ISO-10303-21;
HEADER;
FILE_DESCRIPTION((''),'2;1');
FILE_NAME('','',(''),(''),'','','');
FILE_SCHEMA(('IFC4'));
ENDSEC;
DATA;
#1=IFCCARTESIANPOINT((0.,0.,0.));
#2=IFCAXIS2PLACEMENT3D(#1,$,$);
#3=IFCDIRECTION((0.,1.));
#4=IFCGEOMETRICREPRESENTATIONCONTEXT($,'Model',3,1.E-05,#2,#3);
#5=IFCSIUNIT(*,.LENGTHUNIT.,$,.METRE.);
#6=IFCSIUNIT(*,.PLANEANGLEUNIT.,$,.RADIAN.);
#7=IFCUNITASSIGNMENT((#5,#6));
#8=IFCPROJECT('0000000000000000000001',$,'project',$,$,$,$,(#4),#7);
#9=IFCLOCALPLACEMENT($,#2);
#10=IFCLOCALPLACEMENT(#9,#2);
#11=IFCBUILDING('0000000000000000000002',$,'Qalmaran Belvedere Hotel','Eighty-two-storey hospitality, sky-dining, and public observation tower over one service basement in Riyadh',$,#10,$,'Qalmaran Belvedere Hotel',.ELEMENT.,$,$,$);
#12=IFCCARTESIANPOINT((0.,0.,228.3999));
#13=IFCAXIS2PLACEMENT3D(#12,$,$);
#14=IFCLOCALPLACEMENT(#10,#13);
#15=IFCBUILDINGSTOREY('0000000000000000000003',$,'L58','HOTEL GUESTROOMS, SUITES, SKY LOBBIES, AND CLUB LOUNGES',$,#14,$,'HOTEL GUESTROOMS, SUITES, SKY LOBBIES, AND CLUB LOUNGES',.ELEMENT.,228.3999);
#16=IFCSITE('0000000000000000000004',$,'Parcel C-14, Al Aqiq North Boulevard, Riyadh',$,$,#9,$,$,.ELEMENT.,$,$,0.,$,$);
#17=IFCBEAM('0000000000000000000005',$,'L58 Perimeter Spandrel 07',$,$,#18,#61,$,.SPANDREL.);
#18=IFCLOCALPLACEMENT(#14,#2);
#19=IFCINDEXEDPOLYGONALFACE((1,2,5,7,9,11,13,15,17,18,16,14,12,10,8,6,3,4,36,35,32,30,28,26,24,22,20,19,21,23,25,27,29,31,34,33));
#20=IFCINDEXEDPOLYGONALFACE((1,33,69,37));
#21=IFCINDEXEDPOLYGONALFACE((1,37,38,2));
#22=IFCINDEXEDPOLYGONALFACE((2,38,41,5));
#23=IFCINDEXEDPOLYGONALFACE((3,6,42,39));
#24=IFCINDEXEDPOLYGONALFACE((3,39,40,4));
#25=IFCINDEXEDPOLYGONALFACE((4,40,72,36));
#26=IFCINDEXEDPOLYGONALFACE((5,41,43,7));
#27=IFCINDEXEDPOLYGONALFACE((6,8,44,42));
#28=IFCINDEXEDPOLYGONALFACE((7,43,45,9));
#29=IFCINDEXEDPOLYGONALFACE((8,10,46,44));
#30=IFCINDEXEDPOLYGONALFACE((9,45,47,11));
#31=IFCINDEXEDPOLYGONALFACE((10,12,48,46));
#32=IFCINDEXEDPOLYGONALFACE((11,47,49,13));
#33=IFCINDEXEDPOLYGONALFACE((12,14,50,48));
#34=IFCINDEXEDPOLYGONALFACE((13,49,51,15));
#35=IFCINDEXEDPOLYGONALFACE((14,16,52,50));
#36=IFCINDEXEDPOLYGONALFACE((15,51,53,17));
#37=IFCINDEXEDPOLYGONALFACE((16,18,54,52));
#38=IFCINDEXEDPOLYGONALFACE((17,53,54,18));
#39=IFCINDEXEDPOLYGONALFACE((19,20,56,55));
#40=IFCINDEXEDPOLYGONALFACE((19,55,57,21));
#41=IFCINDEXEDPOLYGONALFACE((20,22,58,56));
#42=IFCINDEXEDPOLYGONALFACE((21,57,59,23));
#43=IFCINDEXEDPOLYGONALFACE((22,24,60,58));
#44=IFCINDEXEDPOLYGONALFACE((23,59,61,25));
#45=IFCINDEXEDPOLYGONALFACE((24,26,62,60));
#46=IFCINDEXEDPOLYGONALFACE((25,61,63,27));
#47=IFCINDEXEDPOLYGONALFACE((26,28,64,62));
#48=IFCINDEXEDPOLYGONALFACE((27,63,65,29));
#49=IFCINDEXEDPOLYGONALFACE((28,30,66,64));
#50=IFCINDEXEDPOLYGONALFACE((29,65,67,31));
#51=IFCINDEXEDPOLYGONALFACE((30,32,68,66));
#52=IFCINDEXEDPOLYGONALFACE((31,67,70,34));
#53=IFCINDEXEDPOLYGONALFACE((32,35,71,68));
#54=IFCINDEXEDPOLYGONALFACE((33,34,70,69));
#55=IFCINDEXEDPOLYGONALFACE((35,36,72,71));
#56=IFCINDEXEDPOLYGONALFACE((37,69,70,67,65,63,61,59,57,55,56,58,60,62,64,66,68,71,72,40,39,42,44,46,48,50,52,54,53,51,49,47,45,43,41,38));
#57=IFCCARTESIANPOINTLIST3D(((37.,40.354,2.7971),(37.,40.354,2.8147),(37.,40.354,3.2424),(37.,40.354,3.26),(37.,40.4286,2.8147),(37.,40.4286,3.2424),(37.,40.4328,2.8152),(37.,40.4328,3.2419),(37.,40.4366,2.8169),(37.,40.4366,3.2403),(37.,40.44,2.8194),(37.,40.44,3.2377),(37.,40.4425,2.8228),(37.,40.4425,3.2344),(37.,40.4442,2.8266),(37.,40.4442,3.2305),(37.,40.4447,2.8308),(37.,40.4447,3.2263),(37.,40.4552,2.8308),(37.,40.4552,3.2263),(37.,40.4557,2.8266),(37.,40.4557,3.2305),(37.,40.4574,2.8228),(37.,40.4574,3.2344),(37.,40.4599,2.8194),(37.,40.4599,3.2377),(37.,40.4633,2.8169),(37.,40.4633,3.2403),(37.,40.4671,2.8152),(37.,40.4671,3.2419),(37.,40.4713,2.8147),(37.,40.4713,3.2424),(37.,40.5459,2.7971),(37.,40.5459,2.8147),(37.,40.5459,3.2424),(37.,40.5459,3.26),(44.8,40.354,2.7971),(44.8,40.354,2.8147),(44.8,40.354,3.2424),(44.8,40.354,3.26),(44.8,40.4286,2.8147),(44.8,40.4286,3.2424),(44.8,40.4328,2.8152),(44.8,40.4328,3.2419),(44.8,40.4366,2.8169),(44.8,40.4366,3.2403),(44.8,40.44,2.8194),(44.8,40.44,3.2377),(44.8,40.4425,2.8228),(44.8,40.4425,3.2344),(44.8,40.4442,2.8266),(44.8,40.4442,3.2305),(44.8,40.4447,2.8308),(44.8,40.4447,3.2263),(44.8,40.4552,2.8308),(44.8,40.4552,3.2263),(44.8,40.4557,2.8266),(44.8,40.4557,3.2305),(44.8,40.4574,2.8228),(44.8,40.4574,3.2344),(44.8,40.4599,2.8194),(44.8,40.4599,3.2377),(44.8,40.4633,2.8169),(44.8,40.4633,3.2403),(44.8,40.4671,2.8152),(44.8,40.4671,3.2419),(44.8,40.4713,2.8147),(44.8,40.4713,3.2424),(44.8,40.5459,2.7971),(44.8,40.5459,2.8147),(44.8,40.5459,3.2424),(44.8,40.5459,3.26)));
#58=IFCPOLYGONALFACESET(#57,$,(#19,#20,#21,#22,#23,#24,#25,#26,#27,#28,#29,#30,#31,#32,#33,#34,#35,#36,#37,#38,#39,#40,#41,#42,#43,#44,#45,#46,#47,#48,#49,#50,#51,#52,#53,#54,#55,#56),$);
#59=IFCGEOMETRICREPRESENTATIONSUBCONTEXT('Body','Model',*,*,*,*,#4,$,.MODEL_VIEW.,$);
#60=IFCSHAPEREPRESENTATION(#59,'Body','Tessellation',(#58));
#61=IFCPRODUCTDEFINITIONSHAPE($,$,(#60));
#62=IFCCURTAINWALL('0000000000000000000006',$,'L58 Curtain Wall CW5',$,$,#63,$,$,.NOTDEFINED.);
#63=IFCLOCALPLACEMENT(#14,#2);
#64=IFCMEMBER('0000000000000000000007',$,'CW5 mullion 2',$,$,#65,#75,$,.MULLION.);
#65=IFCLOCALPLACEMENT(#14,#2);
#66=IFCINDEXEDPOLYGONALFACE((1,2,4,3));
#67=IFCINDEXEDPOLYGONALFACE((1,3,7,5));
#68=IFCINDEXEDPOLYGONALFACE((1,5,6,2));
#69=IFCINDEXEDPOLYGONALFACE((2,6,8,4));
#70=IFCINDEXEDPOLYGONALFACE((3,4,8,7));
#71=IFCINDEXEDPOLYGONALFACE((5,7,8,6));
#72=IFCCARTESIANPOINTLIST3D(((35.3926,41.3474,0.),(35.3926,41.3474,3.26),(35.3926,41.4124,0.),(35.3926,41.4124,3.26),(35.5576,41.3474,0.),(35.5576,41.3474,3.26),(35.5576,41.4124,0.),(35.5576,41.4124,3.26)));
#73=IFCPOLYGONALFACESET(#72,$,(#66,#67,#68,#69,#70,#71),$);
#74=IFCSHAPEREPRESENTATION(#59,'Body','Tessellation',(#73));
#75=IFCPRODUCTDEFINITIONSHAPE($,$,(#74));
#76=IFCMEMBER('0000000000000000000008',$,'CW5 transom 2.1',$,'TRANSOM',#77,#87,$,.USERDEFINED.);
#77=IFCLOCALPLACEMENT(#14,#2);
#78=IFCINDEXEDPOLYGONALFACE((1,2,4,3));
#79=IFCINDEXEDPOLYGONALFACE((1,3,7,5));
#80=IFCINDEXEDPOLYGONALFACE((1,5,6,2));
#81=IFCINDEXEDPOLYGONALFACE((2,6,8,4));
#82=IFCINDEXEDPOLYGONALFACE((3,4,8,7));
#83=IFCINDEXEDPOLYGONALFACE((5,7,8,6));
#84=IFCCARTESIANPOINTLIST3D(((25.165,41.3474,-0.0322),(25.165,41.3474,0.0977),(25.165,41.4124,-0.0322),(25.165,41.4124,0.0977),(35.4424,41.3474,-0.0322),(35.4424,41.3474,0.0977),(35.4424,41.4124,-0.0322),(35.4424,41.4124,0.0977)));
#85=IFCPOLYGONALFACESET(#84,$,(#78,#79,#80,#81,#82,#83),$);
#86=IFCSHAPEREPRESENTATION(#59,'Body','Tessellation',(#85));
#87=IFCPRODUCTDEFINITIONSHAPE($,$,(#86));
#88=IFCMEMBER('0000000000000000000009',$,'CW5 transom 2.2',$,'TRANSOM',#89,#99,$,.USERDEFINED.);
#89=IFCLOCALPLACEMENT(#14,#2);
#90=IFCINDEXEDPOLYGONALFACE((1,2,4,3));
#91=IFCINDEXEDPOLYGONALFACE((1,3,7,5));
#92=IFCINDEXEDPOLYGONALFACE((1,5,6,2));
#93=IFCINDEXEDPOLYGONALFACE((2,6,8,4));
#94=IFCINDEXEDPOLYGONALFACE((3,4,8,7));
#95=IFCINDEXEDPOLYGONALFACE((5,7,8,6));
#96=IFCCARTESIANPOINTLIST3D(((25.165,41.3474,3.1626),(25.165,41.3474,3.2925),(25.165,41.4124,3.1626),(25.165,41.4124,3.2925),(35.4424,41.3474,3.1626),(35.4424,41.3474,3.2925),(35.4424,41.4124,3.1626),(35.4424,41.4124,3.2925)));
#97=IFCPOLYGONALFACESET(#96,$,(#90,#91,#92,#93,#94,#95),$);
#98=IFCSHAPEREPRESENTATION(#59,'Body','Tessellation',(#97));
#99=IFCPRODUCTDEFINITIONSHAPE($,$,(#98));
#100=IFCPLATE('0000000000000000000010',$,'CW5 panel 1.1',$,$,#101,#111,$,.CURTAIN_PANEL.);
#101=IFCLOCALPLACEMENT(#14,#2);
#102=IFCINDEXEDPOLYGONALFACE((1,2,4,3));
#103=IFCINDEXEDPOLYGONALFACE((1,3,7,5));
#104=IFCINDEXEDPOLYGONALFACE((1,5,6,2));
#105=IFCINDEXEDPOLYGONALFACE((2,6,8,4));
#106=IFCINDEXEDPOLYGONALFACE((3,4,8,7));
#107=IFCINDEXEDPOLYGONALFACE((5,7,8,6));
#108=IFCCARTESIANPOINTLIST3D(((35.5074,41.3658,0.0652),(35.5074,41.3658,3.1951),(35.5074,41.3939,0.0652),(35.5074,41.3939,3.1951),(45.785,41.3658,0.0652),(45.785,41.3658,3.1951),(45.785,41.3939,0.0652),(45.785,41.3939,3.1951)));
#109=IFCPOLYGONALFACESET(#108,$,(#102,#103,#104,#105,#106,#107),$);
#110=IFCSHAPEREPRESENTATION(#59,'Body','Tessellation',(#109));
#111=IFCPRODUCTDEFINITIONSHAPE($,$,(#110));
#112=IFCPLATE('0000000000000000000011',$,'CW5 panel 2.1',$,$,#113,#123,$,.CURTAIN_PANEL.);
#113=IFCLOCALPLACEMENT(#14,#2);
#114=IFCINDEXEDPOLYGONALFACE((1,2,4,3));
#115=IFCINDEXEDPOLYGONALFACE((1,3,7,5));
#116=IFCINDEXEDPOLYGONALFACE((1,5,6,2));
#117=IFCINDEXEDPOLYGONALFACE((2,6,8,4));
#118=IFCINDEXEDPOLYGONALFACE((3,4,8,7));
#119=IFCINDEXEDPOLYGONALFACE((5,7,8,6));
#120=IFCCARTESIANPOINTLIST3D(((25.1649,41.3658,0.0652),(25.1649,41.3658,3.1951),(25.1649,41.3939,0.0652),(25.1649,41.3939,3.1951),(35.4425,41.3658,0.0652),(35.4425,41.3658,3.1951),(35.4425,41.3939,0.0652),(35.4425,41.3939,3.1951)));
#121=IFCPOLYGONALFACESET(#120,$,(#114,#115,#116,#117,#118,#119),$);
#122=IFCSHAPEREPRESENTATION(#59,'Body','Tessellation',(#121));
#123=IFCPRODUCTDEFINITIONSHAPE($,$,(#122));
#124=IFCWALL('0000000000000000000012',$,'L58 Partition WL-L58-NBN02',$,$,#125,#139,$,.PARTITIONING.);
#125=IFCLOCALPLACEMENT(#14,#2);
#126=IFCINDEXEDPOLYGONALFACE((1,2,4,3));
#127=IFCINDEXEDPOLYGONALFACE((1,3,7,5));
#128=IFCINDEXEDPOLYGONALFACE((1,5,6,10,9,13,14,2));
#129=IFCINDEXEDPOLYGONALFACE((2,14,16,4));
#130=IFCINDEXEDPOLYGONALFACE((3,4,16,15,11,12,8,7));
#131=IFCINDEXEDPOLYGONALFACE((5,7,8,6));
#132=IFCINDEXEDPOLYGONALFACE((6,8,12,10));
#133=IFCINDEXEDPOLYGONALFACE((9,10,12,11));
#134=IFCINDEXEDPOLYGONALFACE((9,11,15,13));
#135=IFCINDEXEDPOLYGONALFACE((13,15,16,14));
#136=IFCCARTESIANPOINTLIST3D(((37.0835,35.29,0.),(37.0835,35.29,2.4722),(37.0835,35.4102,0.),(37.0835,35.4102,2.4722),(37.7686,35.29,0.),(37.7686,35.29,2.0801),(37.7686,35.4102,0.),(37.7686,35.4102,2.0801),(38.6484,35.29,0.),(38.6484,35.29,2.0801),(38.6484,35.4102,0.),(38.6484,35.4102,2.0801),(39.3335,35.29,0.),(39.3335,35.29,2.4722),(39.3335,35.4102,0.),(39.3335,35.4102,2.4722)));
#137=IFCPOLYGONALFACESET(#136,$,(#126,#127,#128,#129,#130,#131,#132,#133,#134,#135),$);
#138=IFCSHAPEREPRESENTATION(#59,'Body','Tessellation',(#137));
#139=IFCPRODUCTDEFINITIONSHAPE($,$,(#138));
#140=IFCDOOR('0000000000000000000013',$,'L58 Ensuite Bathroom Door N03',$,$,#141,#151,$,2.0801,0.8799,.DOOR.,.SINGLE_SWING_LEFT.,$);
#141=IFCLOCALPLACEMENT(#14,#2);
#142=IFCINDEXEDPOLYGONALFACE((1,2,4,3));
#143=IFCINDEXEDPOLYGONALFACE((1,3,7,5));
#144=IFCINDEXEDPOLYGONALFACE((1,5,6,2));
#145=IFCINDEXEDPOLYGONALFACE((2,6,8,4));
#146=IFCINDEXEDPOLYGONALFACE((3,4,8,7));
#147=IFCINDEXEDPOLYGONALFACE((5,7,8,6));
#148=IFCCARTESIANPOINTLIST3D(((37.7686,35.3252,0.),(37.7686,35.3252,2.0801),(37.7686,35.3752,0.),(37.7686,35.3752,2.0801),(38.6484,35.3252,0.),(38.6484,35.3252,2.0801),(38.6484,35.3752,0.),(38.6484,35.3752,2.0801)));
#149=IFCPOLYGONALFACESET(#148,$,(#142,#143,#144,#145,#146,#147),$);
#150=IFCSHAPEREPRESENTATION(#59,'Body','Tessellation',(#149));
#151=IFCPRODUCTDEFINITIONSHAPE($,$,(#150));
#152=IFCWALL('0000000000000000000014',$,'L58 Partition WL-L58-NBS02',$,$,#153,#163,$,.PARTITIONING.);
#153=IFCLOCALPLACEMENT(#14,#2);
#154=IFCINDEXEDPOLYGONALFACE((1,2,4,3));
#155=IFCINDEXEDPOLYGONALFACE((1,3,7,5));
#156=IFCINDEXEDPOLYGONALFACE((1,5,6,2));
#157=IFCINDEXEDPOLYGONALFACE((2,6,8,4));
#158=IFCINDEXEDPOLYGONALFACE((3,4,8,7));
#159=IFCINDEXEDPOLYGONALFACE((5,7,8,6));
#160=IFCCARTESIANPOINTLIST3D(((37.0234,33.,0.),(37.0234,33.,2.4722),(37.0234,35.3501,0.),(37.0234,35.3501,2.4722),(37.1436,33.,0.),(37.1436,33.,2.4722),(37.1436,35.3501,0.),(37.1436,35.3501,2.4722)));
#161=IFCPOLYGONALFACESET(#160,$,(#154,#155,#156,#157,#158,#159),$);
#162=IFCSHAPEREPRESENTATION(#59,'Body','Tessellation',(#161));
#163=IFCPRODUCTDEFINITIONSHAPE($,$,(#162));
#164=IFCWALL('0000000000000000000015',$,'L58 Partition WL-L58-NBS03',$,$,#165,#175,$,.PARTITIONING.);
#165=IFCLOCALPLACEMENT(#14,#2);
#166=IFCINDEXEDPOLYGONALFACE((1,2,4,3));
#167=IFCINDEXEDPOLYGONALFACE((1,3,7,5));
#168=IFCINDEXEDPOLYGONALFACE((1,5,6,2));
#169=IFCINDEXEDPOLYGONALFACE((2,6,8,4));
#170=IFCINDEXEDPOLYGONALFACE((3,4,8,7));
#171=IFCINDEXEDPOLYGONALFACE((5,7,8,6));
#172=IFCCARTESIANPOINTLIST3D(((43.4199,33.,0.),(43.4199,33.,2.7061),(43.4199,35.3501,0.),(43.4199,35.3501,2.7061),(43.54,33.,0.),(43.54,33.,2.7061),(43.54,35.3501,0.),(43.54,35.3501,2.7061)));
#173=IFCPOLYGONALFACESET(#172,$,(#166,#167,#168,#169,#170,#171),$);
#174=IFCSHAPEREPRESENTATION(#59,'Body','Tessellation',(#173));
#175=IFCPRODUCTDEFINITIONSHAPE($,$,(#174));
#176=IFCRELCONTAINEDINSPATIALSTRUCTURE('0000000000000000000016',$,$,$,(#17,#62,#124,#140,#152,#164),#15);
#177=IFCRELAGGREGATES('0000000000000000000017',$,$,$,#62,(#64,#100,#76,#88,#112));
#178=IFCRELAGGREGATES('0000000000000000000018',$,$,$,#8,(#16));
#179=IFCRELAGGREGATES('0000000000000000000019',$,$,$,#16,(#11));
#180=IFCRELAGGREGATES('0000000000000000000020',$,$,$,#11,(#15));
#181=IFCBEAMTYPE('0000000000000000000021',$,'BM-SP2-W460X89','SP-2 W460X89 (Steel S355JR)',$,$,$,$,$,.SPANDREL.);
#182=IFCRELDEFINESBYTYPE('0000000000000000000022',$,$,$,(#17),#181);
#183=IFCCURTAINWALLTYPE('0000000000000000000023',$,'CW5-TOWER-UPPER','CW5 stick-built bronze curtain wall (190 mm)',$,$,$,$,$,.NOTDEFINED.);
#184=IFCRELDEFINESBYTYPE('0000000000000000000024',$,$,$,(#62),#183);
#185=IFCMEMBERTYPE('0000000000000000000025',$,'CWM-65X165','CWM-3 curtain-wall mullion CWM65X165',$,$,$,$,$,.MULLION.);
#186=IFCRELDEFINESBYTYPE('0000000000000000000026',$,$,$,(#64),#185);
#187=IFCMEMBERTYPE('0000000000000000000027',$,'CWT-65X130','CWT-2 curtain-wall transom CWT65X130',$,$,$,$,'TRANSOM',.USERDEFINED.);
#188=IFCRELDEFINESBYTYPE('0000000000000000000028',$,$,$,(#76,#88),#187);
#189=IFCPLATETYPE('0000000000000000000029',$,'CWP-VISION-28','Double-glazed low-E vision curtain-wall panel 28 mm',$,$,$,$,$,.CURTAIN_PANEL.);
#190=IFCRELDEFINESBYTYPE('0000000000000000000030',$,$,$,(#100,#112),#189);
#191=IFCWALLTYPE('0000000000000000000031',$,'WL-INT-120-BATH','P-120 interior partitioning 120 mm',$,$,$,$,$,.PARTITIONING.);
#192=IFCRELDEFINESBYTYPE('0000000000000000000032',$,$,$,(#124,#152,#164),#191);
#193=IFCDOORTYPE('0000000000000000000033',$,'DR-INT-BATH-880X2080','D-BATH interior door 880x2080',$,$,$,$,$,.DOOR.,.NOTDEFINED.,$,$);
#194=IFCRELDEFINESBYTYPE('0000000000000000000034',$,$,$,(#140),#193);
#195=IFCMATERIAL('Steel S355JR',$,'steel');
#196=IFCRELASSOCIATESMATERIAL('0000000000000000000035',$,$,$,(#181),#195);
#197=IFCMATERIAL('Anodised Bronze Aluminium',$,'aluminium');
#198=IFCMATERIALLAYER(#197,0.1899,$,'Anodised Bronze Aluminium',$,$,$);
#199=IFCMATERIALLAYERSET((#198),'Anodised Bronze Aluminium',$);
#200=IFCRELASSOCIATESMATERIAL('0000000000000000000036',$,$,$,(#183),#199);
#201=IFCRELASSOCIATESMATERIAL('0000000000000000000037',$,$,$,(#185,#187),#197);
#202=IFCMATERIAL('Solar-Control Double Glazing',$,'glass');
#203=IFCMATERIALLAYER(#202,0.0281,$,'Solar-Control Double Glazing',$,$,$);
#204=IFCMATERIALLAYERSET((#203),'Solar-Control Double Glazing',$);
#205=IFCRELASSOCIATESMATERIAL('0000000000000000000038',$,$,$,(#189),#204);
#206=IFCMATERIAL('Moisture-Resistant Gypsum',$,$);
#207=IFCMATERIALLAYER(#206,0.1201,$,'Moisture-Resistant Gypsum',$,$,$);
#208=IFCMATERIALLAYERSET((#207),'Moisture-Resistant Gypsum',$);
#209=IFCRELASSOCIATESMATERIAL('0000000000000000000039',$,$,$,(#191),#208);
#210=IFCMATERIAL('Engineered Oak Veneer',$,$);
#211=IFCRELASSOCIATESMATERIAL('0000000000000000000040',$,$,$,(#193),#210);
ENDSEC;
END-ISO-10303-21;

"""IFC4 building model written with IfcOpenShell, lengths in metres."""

from ifc_helpers import new_model, si_unit, direction, frame, frame_2d, origin, origin_2d, place, context, subcontext, project, spatial, rectangle, i_section, extrude, material, layer, layer_set, material_profile, profile_set, type_object, element, fill, aggregate, save


model = new_model("IFC4")

# Units and contexts
model_context = context("Model", 3, precision=1e-05, world=origin(), true_north=direction((0.0, 1.0)))
body_context = subcontext(model_context, "Body", "Model", "MODEL_VIEW")
ifc_project = project(units=[si_unit("LENGTHUNIT", "METRE"), si_unit("PLANEANGLEUNIT", "RADIAN")], contexts=[model_context])

# Site, building, storey
site_placement = place(None, origin())
site = spatial("IfcSite", under=ifc_project, at=site_placement, Name="Parcel C-14, Al Aqiq North Boulevard, Riyadh", CompositionType="ELEMENT", RefElevation=0.0)
building_placement = place(site_placement, origin())
building = spatial("IfcBuilding", under=site, at=building_placement, Name="Qalmaran Belvedere Hotel", Description="Eighty-two-storey hospitality, sky-dining, and public observation tower over one service basement in Riyadh", LongName="Qalmaran Belvedere Hotel", CompositionType="ELEMENT")
storey_placement = place(building_placement, frame((0.0, 0.0, 228.3999)))
storey = spatial("IfcBuildingStorey", under=building, at=storey_placement, Name="L58", Description="HOTEL GUESTROOMS, SUITES, SKY LOBBIES, AND CLUB LOUNGES", LongName="HOTEL GUESTROOMS, SUITES, SKY LOBBIES, AND CLUB LOUNGES", CompositionType="ELEMENT", Elevation=228.3999)

# Beam
ifc_material_1 = material(Name="Steel S355JR", Category="steel")
ifc_material_profile_1 = material_profile(ifc_material_1, i_section(OverallWidth=0.1919, OverallDepth=0.4629, WebThickness=0.0105, FlangeThickness=0.0176, FilletRadius=0.0161, at=origin_2d()), Name="W460X89")
ifc_profile_set_1 = profile_set([ifc_material_profile_1], Name="Steel S355JR")
beam_type_1 = type_object("IfcBeamType", Name="BM-SP2-W460X89", Description="SP-2 W460X89 (Steel S355JR)", PredefinedType="SPANDREL", material=ifc_profile_set_1)
for number, where, z_axis, x_axis, name in (
    (1, (37.0, 40.45, 3.0286), (1.0, 0.0, 0.0), (0.0, 1.0, 0.0), "L58 Perimeter Spandrel 07"),
):
    element("IfcBeam", number, at=place(storey_placement, frame(where, z_axis=z_axis, x_axis=x_axis)), inside=storey, type_object=beam_type_1, Name=name, PredefinedType="SPANDREL", context=body_context, shape_type="SweptSolid", body=[
        extrude(i_section(OverallWidth=0.1919, OverallDepth=0.4629, WebThickness=0.0105, FlangeThickness=0.0176, FilletRadius=0.0161, at=origin_2d()), origin(), (0.0, 0.0, 1.0), 7.8),
    ])

# Curtain wall, members, plates
ifc_material_2 = material(Name="Anodised Bronze Aluminium", Category="aluminium")
ifc_layer_1 = layer(ifc_material_2, 0.1899, Name="Anodised Bronze Aluminium")
ifc_layer_set_1 = layer_set([ifc_layer_1], Name="Anodised Bronze Aluminium")
curtain_wall_type = type_object("IfcCurtainWallType", Name="CW5-TOWER-UPPER", Description="CW5 stick-built bronze curtain wall (190 mm)", PredefinedType="NOTDEFINED", material=ifc_layer_set_1)
curtain_wall_placement = place(storey_placement, origin())
curtain_wall = element("IfcCurtainWall", 2, at=curtain_wall_placement, inside=storey, type_object=curtain_wall_type, Name="L58 Curtain Wall CW5", PredefinedType="NOTDEFINED")
ifc_material_profile_2 = material_profile(ifc_material_2, rectangle(XDim=0.0649, YDim=0.165, at=origin_2d()), Name="CWM65X165")
ifc_profile_set_2 = profile_set([ifc_material_profile_2], Name="Anodised Bronze Aluminium")
member_type_1 = type_object("IfcMemberType", Name="CWM-65X165", Description="CWM-3 curtain-wall mullion CWM65X165", PredefinedType="MULLION", material=ifc_profile_set_2)
member_1_placement = place(storey_placement, frame((35.4751, 41.3799, 0.0), z_axis=(0.0, 0.0, 1.0), x_axis=(0.0, -1.0, 0.0)))
member_1 = element("IfcMember", 3, at=member_1_placement, type_object=member_type_1, Name="CW5 mullion 2", PredefinedType="MULLION", context=body_context, shape_type="SweptSolid", body=[
    extrude(rectangle(XDim=0.0649, YDim=0.165, at=origin_2d()), origin(), (0.0, 0.0, 1.0), 3.26),
])
ifc_material_profile_3 = material_profile(ifc_material_2, rectangle(XDim=0.0649, YDim=0.1299, at=origin_2d()), Name="CWT65X130")
ifc_profile_set_3 = profile_set([ifc_material_profile_3], Name="Anodised Bronze Aluminium")
member_type_2 = type_object("IfcMemberType", Name="CWT-65X130", Description="CWT-2 curtain-wall transom CWT65X130", ElementType="TRANSOM", PredefinedType="USERDEFINED", material=ifc_profile_set_3)
member_2_placement = place(storey_placement, frame((35.4424, 41.3799, 0.0327), z_axis=(-1.0, 0.0, 0.0), x_axis=(0.0, -1.0, 0.0)))
member_2 = element("IfcMember", 4, at=member_2_placement, type_object=member_type_2, Name="CW5 transom 2.1", ObjectType="TRANSOM", PredefinedType="USERDEFINED", context=body_context, shape_type="SweptSolid", body=[
    extrude(rectangle(XDim=0.0649, YDim=0.1299, at=origin_2d()), origin(), (0.0, 0.0, 1.0), 10.2773),
])
member_3_placement = place(storey_placement, frame((35.4424, 41.3799, 3.2275), z_axis=(-1.0, 0.0, 0.0), x_axis=(0.0, -1.0, 0.0)))
member_3 = element("IfcMember", 5, at=member_3_placement, type_object=member_type_2, Name="CW5 transom 2.2", ObjectType="TRANSOM", PredefinedType="USERDEFINED", context=body_context, shape_type="SweptSolid", body=[
    extrude(rectangle(XDim=0.0649, YDim=0.1299, at=origin_2d()), origin(), (0.0, 0.0, 1.0), 10.2773),
])
ifc_material_3 = material(Name="Solar-Control Double Glazing", Category="glass")
ifc_layer_2 = layer(ifc_material_3, 0.0281, Name="Solar-Control Double Glazing")
ifc_layer_set_2 = layer_set([ifc_layer_2], Name="Solar-Control Double Glazing")
plate_type = type_object("IfcPlateType", Name="CWP-VISION-28", Description="Double-glazed low-E vision curtain-wall panel 28 mm", PredefinedType="CURTAIN_PANEL", material=ifc_layer_set_2)
plate_1_placement = place(storey_placement, frame((40.6462, 41.3799, 0.0652), z_axis=(0.0, 0.0, 1.0), x_axis=(-1.0, 0.0, 0.0)))
plate_1 = element("IfcPlate", 6, at=plate_1_placement, type_object=plate_type, Name="CW5 panel 1.1", PredefinedType="CURTAIN_PANEL", context=body_context, shape_type="SweptSolid", body=[
    extrude(rectangle(XDim=10.2776, YDim=0.0281, at=origin_2d()), origin(), (0.0, 0.0, 1.0), 3.1299),
])
plate_2_placement = place(storey_placement, frame((30.3037, 41.3799, 0.0652), z_axis=(0.0, 0.0, 1.0), x_axis=(-1.0, 0.0, 0.0)))
plate_2 = element("IfcPlate", 7, at=plate_2_placement, type_object=plate_type, Name="CW5 panel 2.1", PredefinedType="CURTAIN_PANEL", context=body_context, shape_type="SweptSolid", body=[
    extrude(rectangle(XDim=10.2776, YDim=0.0281, at=origin_2d()), origin(), (0.0, 0.0, 1.0), 3.1299),
])
aggregate(curtain_wall, [member_1, plate_1, member_2, member_3, plate_2])

# Wall, opening, door
ifc_material_4 = material(Name="Moisture-Resistant Gypsum")
ifc_layer_3 = layer(ifc_material_4, 0.1201, Name="Moisture-Resistant Gypsum")
ifc_layer_set_3 = layer_set([ifc_layer_3], Name="Moisture-Resistant Gypsum")
wall_type_1 = type_object("IfcWallType", Name="WL-INT-120-BATH", Description="P-120 interior partitioning 120 mm", PredefinedType="PARTITIONING", material=ifc_layer_set_3)
wall_1_placement = place(storey_placement, frame((37.0835, 35.3501, 0.0), z_axis=(0.0, 0.0, 1.0), x_axis=(1.0, 0.0, 0.0)))
wall_1 = element("IfcWall", 8, at=wall_1_placement, inside=storey, type_object=wall_type_1, Name="L58 Partition WL-L58-NBN02", PredefinedType="PARTITIONING", context=body_context, shape_type="SweptSolid", body=[
    extrude(rectangle(XDim=2.25, YDim=0.1201, at=frame_2d((1.125, 0.0))), origin(), (0.0, 0.0, 1.0), 2.4722),
])
opening_1_placement = place(wall_1_placement, frame((1.5649, 0.0, 0.0), z_axis=(0.0, 0.0, 1.0), x_axis=(-1.0, 0.0, 0.0)))
opening_1 = element("IfcOpeningElement", 9, at=opening_1_placement, cuts=wall_1, PredefinedType="OPENING", context=body_context, shape_type="SweptSolid", body=[
    extrude(rectangle(XDim=0.8799, YDim=2.0801, at=frame_2d((0.4399, 1.04))), frame((0.0, 0.0701, 0.0), z_axis=(0.0, -1.0, 0.0), x_axis=(1.0, 0.0, 0.0)), (0.0, 0.0, 1.0), 0.1401),
])
ifc_material_5 = material(Name="Engineered Oak Veneer")
door_type_1 = type_object("IfcDoorType", Name="DR-INT-BATH-880X2080", Description="D-BATH interior door 880x2080", OperationType="NOTDEFINED", PredefinedType="DOOR", material=ifc_material_5)
door_1_placement = place(opening_1_placement, origin())
door_1 = element("IfcDoor", 10, at=door_1_placement, inside=storey, type_object=door_type_1, Name="L58 Ensuite Bathroom Door N03", OperationType="SINGLE_SWING_LEFT", OverallHeight=2.0801, OverallWidth=0.8799, PredefinedType="DOOR", context=body_context, shape_type="SweptSolid", body=[
    extrude(rectangle(XDim=0.8799, YDim=2.0801, at=frame_2d((0.4399, 1.04))), frame((0.0, 0.0249, 0.0), z_axis=(0.0, -1.0, 0.0), x_axis=(1.0, 0.0, 0.0)), (0.0, 0.0, 1.0), 0.05),
])
fill(opening_1, door_1)

# Walls
wall_2_placement = place(storey_placement, frame((37.0835, 33.0, 0.0), z_axis=(0.0, 0.0, 1.0), x_axis=(0.0, 1.0, 0.0)))
element("IfcWall", 11, at=wall_2_placement, inside=storey, type_object=wall_type_1, Name="L58 Partition WL-L58-NBS02", PredefinedType="PARTITIONING", context=body_context, shape_type="SweptSolid", body=[
    extrude(rectangle(XDim=2.3501, YDim=0.1201, at=frame_2d((1.175, 0.0))), origin(), (0.0, 0.0, 1.0), 2.4722),
])
wall_3_placement = place(storey_placement, frame((43.48, 33.0, 0.0), z_axis=(0.0, 0.0, 1.0), x_axis=(0.0, 1.0, 0.0)))
element("IfcWall", 12, at=wall_3_placement, inside=storey, type_object=wall_type_1, Name="L58 Partition WL-L58-NBS03", PredefinedType="PARTITIONING", context=body_context, shape_type="SweptSolid", body=[
    extrude(rectangle(XDim=2.3501, YDim=0.1201, at=frame_2d((1.175, 0.0))), origin(), (0.0, 0.0, 1.0), 2.7061),
])

save(model, "model.ifc")
